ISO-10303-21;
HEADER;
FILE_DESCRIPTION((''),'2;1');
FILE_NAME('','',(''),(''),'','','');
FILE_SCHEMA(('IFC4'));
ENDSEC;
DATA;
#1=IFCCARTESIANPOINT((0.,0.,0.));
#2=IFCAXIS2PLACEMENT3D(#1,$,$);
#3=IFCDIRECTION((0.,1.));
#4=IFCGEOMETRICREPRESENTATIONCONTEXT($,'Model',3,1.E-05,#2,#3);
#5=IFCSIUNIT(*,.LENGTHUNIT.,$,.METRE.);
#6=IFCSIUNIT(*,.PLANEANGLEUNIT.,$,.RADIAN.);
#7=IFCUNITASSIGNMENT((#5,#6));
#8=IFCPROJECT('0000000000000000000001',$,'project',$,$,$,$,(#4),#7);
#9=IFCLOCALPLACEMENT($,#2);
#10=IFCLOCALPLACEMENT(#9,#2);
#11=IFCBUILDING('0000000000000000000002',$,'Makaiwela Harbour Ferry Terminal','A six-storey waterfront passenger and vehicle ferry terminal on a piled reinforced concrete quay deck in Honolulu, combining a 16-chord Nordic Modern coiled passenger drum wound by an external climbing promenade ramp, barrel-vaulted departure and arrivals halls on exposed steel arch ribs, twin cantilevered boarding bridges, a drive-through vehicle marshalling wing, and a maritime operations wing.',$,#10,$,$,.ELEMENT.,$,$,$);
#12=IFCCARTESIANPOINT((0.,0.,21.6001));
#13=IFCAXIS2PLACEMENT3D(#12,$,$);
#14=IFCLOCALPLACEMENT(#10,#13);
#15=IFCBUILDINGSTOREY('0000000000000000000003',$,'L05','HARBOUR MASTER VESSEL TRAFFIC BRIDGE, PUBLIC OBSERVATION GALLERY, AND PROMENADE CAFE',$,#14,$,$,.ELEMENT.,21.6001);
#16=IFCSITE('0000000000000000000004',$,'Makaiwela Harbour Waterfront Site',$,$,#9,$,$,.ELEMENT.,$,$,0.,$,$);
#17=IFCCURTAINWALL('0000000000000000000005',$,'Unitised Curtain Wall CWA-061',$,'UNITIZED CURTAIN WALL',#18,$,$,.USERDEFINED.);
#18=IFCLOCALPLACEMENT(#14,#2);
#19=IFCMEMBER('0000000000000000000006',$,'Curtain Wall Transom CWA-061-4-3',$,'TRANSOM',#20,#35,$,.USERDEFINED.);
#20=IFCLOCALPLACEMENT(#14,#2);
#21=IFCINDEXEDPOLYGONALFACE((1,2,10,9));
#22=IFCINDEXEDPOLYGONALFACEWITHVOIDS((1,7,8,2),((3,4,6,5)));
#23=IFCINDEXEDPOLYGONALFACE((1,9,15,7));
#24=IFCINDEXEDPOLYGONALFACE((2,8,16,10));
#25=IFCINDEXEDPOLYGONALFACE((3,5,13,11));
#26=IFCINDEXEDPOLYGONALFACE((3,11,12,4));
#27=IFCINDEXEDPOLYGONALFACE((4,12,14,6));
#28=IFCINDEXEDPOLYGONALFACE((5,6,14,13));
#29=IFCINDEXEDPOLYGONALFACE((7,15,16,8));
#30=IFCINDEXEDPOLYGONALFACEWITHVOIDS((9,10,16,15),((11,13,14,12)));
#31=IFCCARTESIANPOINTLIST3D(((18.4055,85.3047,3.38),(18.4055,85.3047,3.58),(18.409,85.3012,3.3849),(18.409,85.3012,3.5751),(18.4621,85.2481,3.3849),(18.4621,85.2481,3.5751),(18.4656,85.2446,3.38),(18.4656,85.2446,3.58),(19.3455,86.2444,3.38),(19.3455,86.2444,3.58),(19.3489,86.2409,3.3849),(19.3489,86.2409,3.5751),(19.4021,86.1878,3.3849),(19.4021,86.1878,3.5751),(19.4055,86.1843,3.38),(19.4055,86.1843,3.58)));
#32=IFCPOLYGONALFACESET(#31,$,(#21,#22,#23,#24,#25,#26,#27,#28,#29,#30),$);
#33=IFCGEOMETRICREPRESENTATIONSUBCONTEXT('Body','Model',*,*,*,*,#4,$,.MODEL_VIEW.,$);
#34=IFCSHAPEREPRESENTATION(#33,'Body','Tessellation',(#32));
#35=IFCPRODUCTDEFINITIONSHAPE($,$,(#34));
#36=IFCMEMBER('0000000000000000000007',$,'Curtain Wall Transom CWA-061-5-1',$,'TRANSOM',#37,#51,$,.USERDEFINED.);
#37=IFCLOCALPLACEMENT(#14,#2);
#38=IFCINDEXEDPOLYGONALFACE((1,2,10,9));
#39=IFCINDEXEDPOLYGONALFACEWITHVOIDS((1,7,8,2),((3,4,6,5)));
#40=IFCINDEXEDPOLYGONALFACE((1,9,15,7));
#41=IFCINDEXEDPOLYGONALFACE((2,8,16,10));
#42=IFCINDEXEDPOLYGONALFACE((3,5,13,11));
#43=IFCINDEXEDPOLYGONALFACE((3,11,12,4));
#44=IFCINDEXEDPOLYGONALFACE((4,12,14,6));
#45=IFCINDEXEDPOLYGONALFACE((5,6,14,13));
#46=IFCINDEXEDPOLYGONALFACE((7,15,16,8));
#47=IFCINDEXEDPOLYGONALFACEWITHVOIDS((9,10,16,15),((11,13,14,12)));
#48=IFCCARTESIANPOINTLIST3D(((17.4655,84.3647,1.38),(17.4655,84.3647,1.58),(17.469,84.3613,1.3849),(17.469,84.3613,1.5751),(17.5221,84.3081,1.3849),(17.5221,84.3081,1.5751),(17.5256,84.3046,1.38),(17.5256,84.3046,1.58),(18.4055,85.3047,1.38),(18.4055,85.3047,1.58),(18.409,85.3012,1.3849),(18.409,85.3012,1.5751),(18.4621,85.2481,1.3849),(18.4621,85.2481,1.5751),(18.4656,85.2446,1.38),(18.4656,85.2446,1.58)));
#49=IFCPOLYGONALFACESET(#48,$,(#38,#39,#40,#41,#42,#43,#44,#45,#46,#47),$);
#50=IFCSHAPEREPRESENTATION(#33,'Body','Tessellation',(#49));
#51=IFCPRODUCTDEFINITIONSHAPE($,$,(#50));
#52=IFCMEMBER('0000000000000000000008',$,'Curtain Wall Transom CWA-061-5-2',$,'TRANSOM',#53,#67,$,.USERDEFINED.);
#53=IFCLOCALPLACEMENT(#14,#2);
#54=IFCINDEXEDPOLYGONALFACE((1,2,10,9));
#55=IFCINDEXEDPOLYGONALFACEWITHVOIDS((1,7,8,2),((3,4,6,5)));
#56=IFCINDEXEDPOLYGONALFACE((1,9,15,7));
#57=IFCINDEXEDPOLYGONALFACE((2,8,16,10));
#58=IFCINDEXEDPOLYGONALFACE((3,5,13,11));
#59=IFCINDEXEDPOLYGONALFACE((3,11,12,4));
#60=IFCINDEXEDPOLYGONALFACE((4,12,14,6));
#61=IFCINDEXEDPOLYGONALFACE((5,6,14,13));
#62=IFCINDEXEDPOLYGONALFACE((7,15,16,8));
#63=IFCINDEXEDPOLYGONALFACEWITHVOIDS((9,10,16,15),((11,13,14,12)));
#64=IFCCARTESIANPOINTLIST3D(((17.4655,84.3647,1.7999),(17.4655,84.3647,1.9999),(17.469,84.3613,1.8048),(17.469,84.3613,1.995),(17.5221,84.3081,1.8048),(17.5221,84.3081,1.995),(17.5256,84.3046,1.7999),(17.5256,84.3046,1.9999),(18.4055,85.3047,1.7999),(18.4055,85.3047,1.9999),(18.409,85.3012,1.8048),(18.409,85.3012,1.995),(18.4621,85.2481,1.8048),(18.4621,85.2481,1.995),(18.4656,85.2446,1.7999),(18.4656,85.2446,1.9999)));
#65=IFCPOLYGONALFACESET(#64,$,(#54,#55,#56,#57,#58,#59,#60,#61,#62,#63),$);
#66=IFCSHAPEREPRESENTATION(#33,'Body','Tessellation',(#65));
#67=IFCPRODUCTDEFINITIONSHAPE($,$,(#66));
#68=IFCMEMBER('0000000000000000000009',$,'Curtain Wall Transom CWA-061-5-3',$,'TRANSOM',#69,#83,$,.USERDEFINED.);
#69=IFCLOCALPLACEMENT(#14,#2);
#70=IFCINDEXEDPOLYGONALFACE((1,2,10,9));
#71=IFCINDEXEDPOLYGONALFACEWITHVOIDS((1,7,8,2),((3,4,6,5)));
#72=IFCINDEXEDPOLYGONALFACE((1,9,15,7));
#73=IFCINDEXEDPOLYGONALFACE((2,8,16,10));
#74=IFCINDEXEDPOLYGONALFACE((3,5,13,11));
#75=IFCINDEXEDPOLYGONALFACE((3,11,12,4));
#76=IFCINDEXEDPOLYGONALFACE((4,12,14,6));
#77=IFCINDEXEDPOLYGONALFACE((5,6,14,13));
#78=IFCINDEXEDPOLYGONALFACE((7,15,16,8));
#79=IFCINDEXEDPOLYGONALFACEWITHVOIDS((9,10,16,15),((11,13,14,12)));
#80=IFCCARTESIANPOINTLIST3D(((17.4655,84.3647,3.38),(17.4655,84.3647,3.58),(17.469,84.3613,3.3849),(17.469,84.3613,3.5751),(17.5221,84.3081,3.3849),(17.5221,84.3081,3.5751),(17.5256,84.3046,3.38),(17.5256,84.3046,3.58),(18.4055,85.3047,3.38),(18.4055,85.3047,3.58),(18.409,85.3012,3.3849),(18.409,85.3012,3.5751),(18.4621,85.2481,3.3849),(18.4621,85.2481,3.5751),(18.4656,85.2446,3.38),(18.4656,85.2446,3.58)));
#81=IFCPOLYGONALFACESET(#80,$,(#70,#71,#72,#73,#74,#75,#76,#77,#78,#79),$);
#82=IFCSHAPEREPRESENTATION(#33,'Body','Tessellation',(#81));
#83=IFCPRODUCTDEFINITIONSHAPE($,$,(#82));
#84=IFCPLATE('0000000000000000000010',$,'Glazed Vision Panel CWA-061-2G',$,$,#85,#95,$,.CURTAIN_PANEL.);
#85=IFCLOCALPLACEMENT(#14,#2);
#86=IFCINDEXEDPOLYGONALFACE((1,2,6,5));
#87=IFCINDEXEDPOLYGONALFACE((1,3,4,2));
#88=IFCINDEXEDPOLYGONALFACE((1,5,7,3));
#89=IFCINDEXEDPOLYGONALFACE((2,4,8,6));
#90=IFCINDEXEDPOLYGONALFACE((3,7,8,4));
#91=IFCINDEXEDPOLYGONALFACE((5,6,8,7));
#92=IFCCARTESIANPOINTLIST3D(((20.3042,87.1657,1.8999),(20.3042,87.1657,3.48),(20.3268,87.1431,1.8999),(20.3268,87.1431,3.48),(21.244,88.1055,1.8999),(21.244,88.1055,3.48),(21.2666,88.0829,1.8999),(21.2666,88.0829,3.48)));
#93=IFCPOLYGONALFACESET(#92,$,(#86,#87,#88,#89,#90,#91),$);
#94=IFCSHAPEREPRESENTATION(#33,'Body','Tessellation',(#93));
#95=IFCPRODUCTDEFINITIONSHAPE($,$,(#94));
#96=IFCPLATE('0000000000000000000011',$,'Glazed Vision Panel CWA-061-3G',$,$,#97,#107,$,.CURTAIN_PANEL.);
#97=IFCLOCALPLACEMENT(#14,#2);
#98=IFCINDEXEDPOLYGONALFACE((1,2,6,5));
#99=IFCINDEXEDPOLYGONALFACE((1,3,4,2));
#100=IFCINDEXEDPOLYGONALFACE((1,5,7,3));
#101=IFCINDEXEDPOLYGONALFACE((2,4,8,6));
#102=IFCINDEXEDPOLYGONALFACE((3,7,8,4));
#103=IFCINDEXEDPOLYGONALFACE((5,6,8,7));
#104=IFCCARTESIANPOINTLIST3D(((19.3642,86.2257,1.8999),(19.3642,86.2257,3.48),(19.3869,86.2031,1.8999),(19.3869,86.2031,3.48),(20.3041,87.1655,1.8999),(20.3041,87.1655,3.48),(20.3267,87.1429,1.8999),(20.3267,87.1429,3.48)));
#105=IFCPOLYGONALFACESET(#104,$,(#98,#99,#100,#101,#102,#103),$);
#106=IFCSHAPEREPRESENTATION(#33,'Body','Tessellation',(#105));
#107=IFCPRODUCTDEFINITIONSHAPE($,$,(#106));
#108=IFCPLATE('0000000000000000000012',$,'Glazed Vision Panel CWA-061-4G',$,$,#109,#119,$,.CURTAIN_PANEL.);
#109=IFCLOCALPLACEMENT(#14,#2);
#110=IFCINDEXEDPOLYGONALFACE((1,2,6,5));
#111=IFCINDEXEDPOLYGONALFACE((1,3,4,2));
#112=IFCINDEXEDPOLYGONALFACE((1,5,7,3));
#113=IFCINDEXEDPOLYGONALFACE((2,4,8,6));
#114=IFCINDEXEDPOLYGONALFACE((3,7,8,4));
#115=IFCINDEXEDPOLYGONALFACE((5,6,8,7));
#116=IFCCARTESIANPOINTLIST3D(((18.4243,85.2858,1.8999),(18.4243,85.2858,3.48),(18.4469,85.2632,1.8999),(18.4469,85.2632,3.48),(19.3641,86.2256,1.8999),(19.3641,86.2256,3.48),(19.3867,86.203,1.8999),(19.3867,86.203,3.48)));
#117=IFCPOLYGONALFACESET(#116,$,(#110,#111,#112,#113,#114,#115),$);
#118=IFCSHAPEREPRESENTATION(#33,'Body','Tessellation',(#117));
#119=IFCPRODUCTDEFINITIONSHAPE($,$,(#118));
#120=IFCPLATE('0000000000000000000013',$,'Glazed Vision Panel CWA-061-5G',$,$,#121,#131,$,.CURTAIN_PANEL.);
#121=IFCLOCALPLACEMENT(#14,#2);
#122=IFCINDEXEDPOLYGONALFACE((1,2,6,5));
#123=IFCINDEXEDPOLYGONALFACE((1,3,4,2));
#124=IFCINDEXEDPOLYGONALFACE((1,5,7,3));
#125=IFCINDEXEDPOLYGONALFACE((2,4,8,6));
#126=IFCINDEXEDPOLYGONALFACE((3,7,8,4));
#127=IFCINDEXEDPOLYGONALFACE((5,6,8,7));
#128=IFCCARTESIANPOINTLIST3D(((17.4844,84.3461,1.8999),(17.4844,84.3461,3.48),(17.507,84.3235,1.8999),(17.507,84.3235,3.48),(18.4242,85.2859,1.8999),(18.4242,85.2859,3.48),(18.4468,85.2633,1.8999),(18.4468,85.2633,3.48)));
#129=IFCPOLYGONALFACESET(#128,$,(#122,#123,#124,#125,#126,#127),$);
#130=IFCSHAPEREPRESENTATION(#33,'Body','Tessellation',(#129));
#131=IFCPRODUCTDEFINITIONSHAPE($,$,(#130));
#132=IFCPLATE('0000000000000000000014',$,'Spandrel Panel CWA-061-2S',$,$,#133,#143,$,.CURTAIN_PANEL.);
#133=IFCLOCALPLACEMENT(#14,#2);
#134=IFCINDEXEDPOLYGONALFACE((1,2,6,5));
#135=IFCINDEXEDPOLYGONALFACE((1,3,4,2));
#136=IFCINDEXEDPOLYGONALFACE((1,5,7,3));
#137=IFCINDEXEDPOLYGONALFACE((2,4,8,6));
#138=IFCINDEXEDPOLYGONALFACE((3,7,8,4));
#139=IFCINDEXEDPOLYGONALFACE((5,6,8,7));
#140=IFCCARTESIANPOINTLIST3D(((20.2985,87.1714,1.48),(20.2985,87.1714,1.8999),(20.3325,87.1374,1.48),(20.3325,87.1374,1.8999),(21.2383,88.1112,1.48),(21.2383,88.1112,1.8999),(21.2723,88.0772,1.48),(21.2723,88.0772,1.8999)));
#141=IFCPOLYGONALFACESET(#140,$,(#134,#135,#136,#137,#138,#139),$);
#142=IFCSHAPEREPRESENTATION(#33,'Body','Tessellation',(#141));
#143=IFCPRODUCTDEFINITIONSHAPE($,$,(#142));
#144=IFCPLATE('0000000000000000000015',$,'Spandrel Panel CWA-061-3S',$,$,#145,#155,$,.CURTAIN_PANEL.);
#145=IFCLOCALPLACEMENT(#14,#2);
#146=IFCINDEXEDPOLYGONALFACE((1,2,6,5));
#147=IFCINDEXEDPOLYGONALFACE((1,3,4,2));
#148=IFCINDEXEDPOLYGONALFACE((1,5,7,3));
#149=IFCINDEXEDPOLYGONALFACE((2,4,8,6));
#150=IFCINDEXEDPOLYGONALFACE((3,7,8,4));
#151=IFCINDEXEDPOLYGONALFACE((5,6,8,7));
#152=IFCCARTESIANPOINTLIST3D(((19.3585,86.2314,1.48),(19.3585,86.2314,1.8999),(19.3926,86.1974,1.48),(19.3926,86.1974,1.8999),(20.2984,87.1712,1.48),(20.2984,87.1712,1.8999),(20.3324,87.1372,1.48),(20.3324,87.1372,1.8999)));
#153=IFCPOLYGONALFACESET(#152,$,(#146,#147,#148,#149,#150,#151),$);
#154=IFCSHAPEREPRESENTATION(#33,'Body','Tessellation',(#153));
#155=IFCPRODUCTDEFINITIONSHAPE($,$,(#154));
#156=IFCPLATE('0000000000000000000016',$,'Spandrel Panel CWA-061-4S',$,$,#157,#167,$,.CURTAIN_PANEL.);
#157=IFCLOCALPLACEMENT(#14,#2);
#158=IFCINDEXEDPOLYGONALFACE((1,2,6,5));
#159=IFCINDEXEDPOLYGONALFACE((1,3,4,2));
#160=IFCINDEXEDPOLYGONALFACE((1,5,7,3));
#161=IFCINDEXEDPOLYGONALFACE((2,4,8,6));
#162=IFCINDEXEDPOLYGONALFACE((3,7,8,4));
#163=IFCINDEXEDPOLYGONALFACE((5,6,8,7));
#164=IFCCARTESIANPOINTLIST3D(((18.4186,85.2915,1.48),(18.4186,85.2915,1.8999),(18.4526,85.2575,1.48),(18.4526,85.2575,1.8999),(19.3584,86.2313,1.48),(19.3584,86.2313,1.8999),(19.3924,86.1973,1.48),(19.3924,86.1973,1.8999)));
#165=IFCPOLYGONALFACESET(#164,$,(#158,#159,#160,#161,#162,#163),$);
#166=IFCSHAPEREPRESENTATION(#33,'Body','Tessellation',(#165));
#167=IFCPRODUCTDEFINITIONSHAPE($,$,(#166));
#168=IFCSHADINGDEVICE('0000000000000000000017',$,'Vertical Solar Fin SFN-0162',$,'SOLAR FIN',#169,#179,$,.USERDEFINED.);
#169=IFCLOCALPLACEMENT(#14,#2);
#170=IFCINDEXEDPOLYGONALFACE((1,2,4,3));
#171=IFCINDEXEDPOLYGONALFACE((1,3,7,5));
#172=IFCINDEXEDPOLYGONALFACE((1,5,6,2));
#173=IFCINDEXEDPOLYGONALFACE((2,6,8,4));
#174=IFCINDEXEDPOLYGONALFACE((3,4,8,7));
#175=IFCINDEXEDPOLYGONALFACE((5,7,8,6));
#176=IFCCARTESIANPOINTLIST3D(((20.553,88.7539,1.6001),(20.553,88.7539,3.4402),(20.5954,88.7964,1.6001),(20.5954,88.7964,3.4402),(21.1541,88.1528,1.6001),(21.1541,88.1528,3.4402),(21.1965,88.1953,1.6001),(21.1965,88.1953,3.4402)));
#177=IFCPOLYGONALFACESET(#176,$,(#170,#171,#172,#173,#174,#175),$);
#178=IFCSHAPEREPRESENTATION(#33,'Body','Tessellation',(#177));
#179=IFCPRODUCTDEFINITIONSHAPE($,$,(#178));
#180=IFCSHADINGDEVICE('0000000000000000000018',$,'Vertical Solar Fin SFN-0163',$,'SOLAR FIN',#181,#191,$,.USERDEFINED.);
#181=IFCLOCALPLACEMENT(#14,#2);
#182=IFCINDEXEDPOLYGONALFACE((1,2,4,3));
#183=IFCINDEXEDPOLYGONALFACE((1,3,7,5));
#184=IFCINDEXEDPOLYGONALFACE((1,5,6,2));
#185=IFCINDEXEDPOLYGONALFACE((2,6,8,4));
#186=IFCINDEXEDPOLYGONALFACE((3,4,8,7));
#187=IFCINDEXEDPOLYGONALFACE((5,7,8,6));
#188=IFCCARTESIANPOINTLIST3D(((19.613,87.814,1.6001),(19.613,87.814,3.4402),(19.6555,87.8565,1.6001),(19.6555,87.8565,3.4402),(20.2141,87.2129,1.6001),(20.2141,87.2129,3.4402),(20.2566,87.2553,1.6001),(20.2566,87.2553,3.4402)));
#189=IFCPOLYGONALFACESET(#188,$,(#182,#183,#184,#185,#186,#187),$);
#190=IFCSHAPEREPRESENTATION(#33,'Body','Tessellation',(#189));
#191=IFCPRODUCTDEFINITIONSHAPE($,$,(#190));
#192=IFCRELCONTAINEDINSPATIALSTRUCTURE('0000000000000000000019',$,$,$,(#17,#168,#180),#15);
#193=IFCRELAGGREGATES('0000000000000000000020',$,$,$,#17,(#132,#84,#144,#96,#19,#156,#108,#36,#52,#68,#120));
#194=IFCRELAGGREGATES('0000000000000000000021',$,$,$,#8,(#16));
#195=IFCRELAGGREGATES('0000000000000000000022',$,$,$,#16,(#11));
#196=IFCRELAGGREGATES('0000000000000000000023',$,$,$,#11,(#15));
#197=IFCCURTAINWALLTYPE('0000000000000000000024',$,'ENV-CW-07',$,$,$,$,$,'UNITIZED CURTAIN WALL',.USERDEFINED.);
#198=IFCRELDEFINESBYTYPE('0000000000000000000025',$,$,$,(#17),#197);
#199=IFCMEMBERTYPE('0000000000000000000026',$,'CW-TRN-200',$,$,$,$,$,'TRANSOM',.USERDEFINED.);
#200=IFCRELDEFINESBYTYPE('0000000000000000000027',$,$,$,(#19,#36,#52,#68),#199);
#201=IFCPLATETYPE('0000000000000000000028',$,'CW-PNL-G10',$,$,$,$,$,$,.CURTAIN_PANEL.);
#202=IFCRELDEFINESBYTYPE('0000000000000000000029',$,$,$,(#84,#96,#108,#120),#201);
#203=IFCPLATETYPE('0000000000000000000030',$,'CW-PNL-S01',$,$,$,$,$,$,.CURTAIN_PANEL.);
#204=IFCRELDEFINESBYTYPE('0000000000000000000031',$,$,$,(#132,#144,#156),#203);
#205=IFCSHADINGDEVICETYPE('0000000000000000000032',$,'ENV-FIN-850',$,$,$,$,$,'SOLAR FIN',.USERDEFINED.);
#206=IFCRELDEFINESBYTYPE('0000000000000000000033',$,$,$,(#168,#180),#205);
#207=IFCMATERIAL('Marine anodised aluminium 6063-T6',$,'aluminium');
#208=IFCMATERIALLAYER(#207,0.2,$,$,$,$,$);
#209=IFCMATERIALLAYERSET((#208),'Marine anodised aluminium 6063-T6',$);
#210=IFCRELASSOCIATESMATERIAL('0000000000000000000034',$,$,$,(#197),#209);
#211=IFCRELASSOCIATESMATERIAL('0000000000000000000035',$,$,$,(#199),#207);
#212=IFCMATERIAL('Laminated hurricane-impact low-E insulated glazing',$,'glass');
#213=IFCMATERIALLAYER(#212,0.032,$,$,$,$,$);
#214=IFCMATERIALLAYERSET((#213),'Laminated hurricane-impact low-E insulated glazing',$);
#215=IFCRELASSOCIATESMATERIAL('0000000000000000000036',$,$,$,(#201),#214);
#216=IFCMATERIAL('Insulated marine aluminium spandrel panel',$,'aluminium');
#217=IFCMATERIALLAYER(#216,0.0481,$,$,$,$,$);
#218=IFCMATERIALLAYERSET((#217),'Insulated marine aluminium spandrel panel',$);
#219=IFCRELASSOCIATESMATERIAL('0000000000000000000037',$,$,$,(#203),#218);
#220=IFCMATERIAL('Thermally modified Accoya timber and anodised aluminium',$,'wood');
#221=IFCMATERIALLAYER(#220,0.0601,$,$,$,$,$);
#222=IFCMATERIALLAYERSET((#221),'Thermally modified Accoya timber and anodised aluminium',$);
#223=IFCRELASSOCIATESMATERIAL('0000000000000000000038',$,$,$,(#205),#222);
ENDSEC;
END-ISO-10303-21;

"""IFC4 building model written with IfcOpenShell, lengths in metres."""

from ifc_helpers import new_model, si_unit, direction, frame, origin, origin_2d, place, context, subcontext, project, spatial, rectangle, hollow_rectangle, extrude, material, layer, layer_set, material_profile, profile_set, type_object, element, aggregate, save


model = new_model("IFC4")

# Units and contexts
model_context = context("Model", 3, precision=1e-05, world=origin(), true_north=direction((0.0, 1.0)))
body_context = subcontext(model_context, "Body", "Model", "MODEL_VIEW")
ifc_project = project(units=[si_unit("LENGTHUNIT", "METRE"), si_unit("PLANEANGLEUNIT", "RADIAN")], contexts=[model_context])

# Site, building, storey
site_placement = place(None, origin())
site = spatial("IfcSite", under=ifc_project, at=site_placement, Name="Makaiwela Harbour Waterfront Site", CompositionType="ELEMENT", RefElevation=0.0)
building_placement = place(site_placement, origin())
building = spatial("IfcBuilding", under=site, at=building_placement, Name="Makaiwela Harbour Ferry Terminal", Description="A six-storey waterfront passenger and vehicle ferry terminal on a piled reinforced concrete quay deck in Honolulu, combining a 16-chord Nordic Modern coiled passenger drum wound by an external climbing promenade ramp, barrel-vaulted departure and arrivals halls on exposed steel arch ribs, twin cantilevered boarding bridges, a drive-through vehicle marshalling wing, and a maritime operations wing.", CompositionType="ELEMENT")
storey_placement = place(building_placement, frame((0.0, 0.0, 21.6001)))
storey = spatial("IfcBuildingStorey", under=building, at=storey_placement, Name="L05", Description="HARBOUR MASTER VESSEL TRAFFIC BRIDGE, PUBLIC OBSERVATION GALLERY, AND PROMENADE CAFE", CompositionType="ELEMENT", Elevation=21.6001)

# Curtain wall, members, plates
ifc_material_1 = material(Name="Marine anodised aluminium 6063-T6", Category="aluminium")
ifc_layer_1 = layer(ifc_material_1, 0.2)
ifc_layer_set_1 = layer_set([ifc_layer_1], Name="Marine anodised aluminium 6063-T6")
curtain_wall_type = type_object("IfcCurtainWallType", Name="ENV-CW-07", ElementType="UNITIZED CURTAIN WALL", PredefinedType="USERDEFINED", material=ifc_layer_set_1)
curtain_wall_placement = place(storey_placement, origin())
curtain_wall = element("IfcCurtainWall", 1, at=curtain_wall_placement, inside=storey, type_object=curtain_wall_type, Name="Unitised Curtain Wall CWA-061", ObjectType="UNITIZED CURTAIN WALL", PredefinedType="USERDEFINED")
ifc_material_profile_1 = material_profile(ifc_material_1, hollow_rectangle(XDim=0.085, YDim=0.2, WallThickness=0.0049, at=origin_2d()), Name="CWT-200X85")
ifc_profile_set_1 = profile_set([ifc_material_profile_1], Name="Marine anodised aluminium 6063-T6")
member_type_1 = type_object("IfcMemberType", Name="CW-TRN-200", ElementType="TRANSOM", PredefinedType="USERDEFINED", material=ifc_profile_set_1)
member_1_placement = place(storey_placement, frame((19.3755, 86.2144, 3.48), z_axis=(-0.707199, -0.707015, 0.0), x_axis=(0.707015, -0.707199, 0.0)))
member_1 = element("IfcMember", 2, at=member_1_placement, type_object=member_type_1, Name="Curtain Wall Transom CWA-061-4-3", ObjectType="TRANSOM", PredefinedType="USERDEFINED", context=body_context, shape_type="SweptSolid", body=[
    extrude(hollow_rectangle(XDim=0.085, YDim=0.2, WallThickness=0.0049, at=origin_2d()), origin(), (0.0, 0.0, 1.0), 1.3291),
])
member_2_placement = place(storey_placement, frame((18.4355, 85.2747, 1.48), z_axis=(-0.707107, -0.707107, 0.0), x_axis=(0.707107, -0.707107, 0.0)))
member_2 = element("IfcMember", 3, at=member_2_placement, type_object=member_type_1, Name="Curtain Wall Transom CWA-061-5-1", ObjectType="TRANSOM", PredefinedType="USERDEFINED", context=body_context, shape_type="SweptSolid", body=[
    extrude(hollow_rectangle(XDim=0.085, YDim=0.2, WallThickness=0.0049, at=origin_2d()), origin(), (0.0, 0.0, 1.0), 1.3293),
])
member_3_placement = place(storey_placement, frame((18.4355, 85.2747, 1.8999), z_axis=(-0.707107, -0.707107, 0.0), x_axis=(0.707107, -0.707107, 0.0)))
member_3 = element("IfcMember", 4, at=member_3_placement, type_object=member_type_1, Name="Curtain Wall Transom CWA-061-5-2", ObjectType="TRANSOM", PredefinedType="USERDEFINED", context=body_context, shape_type="SweptSolid", body=[
    extrude(hollow_rectangle(XDim=0.085, YDim=0.2, WallThickness=0.0049, at=origin_2d()), origin(), (0.0, 0.0, 1.0), 1.3293),
])
member_4_placement = place(storey_placement, frame((18.4355, 85.2747, 3.48), z_axis=(-0.707107, -0.707107, 0.0), x_axis=(0.707107, -0.707107, 0.0)))
member_4 = element("IfcMember", 5, at=member_4_placement, type_object=member_type_1, Name="Curtain Wall Transom CWA-061-5-3", ObjectType="TRANSOM", PredefinedType="USERDEFINED", context=body_context, shape_type="SweptSolid", body=[
    extrude(hollow_rectangle(XDim=0.085, YDim=0.2, WallThickness=0.0049, at=origin_2d()), origin(), (0.0, 0.0, 1.0), 1.3293),
])
ifc_material_2 = material(Name="Laminated hurricane-impact low-E insulated glazing", Category="glass")
ifc_layer_2 = layer(ifc_material_2, 0.032)
ifc_layer_set_2 = layer_set([ifc_layer_2], Name="Laminated hurricane-impact low-E insulated glazing")
plate_type_1 = type_object("IfcPlateType", Name="CW-PNL-G10", PredefinedType="CURTAIN_PANEL", material=ifc_layer_set_2)
plate_1_placement = place(storey_placement, frame((20.7854, 87.6243, 1.8999), z_axis=(0.0, 0.0, 1.0), x_axis=(-0.707107, -0.707107, 0.0)))
plate_1 = element("IfcPlate", 6, at=plate_1_placement, type_object=plate_type_1, Name="Glazed Vision Panel CWA-061-2G", PredefinedType="CURTAIN_PANEL", context=body_context, shape_type="SweptSolid", body=[
    extrude(rectangle(XDim=1.3291, YDim=0.032, at=origin_2d()), origin(), (0.0, 0.0, 1.0), 1.5801),
])
plate_2_placement = place(storey_placement, frame((19.8455, 86.6843, 1.8999), z_axis=(0.0, 0.0, 1.0), x_axis=(-0.707107, -0.707107, 0.0)))
plate_2 = element("IfcPlate", 7, at=plate_2_placement, type_object=plate_type_1, Name="Glazed Vision Panel CWA-061-3G", PredefinedType="CURTAIN_PANEL", context=body_context, shape_type="SweptSolid", body=[
    extrude(rectangle(XDim=1.3291, YDim=0.032, at=origin_2d()), origin(), (0.0, 0.0, 1.0), 1.5801),
])
plate_3_placement = place(storey_placement, frame((18.9055, 85.7444, 1.8999), z_axis=(0.0, 0.0, 1.0), x_axis=(-0.707107, -0.707107, 0.0)))
plate_3 = element("IfcPlate", 8, at=plate_3_placement, type_object=plate_type_1, Name="Glazed Vision Panel CWA-061-4G", PredefinedType="CURTAIN_PANEL", context=body_context, shape_type="SweptSolid", body=[
    extrude(rectangle(XDim=1.3291, YDim=0.032, at=origin_2d()), origin(), (0.0, 0.0, 1.0), 1.5801),
])
plate_4_placement = place(storey_placement, frame((17.9656, 84.8047, 1.8999), z_axis=(0.0, 0.0, 1.0), x_axis=(-0.707107, -0.707107, 0.0)))
plate_4 = element("IfcPlate", 9, at=plate_4_placement, type_object=plate_type_1, Name="Glazed Vision Panel CWA-061-5G", PredefinedType="CURTAIN_PANEL", context=body_context, shape_type="SweptSolid", body=[
    extrude(rectangle(XDim=1.3291, YDim=0.032, at=origin_2d()), origin(), (0.0, 0.0, 1.0), 1.5801),
])
ifc_material_3 = material(Name="Insulated marine aluminium spandrel panel", Category="aluminium")
ifc_layer_3 = layer(ifc_material_3, 0.0481)
ifc_layer_set_3 = layer_set([ifc_layer_3], Name="Insulated marine aluminium spandrel panel")
plate_type_2 = type_object("IfcPlateType", Name="CW-PNL-S01", PredefinedType="CURTAIN_PANEL", material=ifc_layer_set_3)
plate_5_placement = place(storey_placement, frame((20.7854, 87.6243, 1.48), z_axis=(0.0, 0.0, 1.0), x_axis=(-0.707107, -0.707107, 0.0)))
plate_5 = element("IfcPlate", 10, at=plate_5_placement, type_object=plate_type_2, Name="Spandrel Panel CWA-061-2S", PredefinedType="CURTAIN_PANEL", context=body_context, shape_type="SweptSolid", body=[
    extrude(rectangle(XDim=1.3291, YDim=0.0481, at=origin_2d()), origin(), (0.0, 0.0, 1.0), 0.4199),
])
plate_6_placement = place(storey_placement, frame((19.8455, 86.6843, 1.48), z_axis=(0.0, 0.0, 1.0), x_axis=(-0.707107, -0.707107, 0.0)))
plate_6 = element("IfcPlate", 11, at=plate_6_placement, type_object=plate_type_2, Name="Spandrel Panel CWA-061-3S", PredefinedType="CURTAIN_PANEL", context=body_context, shape_type="SweptSolid", body=[
    extrude(rectangle(XDim=1.3291, YDim=0.0481, at=origin_2d()), origin(), (0.0, 0.0, 1.0), 0.4199),
])
plate_7_placement = place(storey_placement, frame((18.9055, 85.7444, 1.48), z_axis=(0.0, 0.0, 1.0), x_axis=(-0.707107, -0.707107, 0.0)))
plate_7 = element("IfcPlate", 12, at=plate_7_placement, type_object=plate_type_2, Name="Spandrel Panel CWA-061-4S", PredefinedType="CURTAIN_PANEL", context=body_context, shape_type="SweptSolid", body=[
    extrude(rectangle(XDim=1.3291, YDim=0.0481, at=origin_2d()), origin(), (0.0, 0.0, 1.0), 0.4199),
])
aggregate(curtain_wall, [plate_5, plate_1, plate_6, plate_2, member_1, plate_7, plate_3, member_2, member_3, member_4, plate_4])

# Shading devices
ifc_material_4 = material(Name="Thermally modified Accoya timber and anodised aluminium", Category="wood")
ifc_layer_4 = layer(ifc_material_4, 0.0601)
ifc_layer_set_4 = layer_set([ifc_layer_4], Name="Thermally modified Accoya timber and anodised aluminium")
shading_device_type = type_object("IfcShadingDeviceType", Name="ENV-FIN-850", ElementType="SOLAR FIN", PredefinedType="USERDEFINED", material=ifc_layer_set_4)
for number, where, z_axis, x_axis, name in (
    (13, (20.8748, 88.4746, 1.6001), (0.0, 0.0, 1.0), (-0.707107, 0.707107, 0.0), "Vertical Solar Fin SFN-0162"),
    (14, (19.9348, 87.5347, 1.6001), (0.0, 0.0, 1.0), (-0.707107, 0.707107, 0.0), "Vertical Solar Fin SFN-0163"),
):
    element("IfcShadingDevice", number, at=place(storey_placement, frame(where, z_axis=z_axis, x_axis=x_axis)), inside=storey, type_object=shading_device_type, Name=name, ObjectType="SOLAR FIN", PredefinedType="USERDEFINED", context=body_context, shape_type="SweptSolid", body=[
        extrude(rectangle(XDim=0.8501, YDim=0.0601, at=origin_2d()), origin(), (0.0, 0.0, 1.0), 1.8401),
    ])

save(model, "model.ifc")
